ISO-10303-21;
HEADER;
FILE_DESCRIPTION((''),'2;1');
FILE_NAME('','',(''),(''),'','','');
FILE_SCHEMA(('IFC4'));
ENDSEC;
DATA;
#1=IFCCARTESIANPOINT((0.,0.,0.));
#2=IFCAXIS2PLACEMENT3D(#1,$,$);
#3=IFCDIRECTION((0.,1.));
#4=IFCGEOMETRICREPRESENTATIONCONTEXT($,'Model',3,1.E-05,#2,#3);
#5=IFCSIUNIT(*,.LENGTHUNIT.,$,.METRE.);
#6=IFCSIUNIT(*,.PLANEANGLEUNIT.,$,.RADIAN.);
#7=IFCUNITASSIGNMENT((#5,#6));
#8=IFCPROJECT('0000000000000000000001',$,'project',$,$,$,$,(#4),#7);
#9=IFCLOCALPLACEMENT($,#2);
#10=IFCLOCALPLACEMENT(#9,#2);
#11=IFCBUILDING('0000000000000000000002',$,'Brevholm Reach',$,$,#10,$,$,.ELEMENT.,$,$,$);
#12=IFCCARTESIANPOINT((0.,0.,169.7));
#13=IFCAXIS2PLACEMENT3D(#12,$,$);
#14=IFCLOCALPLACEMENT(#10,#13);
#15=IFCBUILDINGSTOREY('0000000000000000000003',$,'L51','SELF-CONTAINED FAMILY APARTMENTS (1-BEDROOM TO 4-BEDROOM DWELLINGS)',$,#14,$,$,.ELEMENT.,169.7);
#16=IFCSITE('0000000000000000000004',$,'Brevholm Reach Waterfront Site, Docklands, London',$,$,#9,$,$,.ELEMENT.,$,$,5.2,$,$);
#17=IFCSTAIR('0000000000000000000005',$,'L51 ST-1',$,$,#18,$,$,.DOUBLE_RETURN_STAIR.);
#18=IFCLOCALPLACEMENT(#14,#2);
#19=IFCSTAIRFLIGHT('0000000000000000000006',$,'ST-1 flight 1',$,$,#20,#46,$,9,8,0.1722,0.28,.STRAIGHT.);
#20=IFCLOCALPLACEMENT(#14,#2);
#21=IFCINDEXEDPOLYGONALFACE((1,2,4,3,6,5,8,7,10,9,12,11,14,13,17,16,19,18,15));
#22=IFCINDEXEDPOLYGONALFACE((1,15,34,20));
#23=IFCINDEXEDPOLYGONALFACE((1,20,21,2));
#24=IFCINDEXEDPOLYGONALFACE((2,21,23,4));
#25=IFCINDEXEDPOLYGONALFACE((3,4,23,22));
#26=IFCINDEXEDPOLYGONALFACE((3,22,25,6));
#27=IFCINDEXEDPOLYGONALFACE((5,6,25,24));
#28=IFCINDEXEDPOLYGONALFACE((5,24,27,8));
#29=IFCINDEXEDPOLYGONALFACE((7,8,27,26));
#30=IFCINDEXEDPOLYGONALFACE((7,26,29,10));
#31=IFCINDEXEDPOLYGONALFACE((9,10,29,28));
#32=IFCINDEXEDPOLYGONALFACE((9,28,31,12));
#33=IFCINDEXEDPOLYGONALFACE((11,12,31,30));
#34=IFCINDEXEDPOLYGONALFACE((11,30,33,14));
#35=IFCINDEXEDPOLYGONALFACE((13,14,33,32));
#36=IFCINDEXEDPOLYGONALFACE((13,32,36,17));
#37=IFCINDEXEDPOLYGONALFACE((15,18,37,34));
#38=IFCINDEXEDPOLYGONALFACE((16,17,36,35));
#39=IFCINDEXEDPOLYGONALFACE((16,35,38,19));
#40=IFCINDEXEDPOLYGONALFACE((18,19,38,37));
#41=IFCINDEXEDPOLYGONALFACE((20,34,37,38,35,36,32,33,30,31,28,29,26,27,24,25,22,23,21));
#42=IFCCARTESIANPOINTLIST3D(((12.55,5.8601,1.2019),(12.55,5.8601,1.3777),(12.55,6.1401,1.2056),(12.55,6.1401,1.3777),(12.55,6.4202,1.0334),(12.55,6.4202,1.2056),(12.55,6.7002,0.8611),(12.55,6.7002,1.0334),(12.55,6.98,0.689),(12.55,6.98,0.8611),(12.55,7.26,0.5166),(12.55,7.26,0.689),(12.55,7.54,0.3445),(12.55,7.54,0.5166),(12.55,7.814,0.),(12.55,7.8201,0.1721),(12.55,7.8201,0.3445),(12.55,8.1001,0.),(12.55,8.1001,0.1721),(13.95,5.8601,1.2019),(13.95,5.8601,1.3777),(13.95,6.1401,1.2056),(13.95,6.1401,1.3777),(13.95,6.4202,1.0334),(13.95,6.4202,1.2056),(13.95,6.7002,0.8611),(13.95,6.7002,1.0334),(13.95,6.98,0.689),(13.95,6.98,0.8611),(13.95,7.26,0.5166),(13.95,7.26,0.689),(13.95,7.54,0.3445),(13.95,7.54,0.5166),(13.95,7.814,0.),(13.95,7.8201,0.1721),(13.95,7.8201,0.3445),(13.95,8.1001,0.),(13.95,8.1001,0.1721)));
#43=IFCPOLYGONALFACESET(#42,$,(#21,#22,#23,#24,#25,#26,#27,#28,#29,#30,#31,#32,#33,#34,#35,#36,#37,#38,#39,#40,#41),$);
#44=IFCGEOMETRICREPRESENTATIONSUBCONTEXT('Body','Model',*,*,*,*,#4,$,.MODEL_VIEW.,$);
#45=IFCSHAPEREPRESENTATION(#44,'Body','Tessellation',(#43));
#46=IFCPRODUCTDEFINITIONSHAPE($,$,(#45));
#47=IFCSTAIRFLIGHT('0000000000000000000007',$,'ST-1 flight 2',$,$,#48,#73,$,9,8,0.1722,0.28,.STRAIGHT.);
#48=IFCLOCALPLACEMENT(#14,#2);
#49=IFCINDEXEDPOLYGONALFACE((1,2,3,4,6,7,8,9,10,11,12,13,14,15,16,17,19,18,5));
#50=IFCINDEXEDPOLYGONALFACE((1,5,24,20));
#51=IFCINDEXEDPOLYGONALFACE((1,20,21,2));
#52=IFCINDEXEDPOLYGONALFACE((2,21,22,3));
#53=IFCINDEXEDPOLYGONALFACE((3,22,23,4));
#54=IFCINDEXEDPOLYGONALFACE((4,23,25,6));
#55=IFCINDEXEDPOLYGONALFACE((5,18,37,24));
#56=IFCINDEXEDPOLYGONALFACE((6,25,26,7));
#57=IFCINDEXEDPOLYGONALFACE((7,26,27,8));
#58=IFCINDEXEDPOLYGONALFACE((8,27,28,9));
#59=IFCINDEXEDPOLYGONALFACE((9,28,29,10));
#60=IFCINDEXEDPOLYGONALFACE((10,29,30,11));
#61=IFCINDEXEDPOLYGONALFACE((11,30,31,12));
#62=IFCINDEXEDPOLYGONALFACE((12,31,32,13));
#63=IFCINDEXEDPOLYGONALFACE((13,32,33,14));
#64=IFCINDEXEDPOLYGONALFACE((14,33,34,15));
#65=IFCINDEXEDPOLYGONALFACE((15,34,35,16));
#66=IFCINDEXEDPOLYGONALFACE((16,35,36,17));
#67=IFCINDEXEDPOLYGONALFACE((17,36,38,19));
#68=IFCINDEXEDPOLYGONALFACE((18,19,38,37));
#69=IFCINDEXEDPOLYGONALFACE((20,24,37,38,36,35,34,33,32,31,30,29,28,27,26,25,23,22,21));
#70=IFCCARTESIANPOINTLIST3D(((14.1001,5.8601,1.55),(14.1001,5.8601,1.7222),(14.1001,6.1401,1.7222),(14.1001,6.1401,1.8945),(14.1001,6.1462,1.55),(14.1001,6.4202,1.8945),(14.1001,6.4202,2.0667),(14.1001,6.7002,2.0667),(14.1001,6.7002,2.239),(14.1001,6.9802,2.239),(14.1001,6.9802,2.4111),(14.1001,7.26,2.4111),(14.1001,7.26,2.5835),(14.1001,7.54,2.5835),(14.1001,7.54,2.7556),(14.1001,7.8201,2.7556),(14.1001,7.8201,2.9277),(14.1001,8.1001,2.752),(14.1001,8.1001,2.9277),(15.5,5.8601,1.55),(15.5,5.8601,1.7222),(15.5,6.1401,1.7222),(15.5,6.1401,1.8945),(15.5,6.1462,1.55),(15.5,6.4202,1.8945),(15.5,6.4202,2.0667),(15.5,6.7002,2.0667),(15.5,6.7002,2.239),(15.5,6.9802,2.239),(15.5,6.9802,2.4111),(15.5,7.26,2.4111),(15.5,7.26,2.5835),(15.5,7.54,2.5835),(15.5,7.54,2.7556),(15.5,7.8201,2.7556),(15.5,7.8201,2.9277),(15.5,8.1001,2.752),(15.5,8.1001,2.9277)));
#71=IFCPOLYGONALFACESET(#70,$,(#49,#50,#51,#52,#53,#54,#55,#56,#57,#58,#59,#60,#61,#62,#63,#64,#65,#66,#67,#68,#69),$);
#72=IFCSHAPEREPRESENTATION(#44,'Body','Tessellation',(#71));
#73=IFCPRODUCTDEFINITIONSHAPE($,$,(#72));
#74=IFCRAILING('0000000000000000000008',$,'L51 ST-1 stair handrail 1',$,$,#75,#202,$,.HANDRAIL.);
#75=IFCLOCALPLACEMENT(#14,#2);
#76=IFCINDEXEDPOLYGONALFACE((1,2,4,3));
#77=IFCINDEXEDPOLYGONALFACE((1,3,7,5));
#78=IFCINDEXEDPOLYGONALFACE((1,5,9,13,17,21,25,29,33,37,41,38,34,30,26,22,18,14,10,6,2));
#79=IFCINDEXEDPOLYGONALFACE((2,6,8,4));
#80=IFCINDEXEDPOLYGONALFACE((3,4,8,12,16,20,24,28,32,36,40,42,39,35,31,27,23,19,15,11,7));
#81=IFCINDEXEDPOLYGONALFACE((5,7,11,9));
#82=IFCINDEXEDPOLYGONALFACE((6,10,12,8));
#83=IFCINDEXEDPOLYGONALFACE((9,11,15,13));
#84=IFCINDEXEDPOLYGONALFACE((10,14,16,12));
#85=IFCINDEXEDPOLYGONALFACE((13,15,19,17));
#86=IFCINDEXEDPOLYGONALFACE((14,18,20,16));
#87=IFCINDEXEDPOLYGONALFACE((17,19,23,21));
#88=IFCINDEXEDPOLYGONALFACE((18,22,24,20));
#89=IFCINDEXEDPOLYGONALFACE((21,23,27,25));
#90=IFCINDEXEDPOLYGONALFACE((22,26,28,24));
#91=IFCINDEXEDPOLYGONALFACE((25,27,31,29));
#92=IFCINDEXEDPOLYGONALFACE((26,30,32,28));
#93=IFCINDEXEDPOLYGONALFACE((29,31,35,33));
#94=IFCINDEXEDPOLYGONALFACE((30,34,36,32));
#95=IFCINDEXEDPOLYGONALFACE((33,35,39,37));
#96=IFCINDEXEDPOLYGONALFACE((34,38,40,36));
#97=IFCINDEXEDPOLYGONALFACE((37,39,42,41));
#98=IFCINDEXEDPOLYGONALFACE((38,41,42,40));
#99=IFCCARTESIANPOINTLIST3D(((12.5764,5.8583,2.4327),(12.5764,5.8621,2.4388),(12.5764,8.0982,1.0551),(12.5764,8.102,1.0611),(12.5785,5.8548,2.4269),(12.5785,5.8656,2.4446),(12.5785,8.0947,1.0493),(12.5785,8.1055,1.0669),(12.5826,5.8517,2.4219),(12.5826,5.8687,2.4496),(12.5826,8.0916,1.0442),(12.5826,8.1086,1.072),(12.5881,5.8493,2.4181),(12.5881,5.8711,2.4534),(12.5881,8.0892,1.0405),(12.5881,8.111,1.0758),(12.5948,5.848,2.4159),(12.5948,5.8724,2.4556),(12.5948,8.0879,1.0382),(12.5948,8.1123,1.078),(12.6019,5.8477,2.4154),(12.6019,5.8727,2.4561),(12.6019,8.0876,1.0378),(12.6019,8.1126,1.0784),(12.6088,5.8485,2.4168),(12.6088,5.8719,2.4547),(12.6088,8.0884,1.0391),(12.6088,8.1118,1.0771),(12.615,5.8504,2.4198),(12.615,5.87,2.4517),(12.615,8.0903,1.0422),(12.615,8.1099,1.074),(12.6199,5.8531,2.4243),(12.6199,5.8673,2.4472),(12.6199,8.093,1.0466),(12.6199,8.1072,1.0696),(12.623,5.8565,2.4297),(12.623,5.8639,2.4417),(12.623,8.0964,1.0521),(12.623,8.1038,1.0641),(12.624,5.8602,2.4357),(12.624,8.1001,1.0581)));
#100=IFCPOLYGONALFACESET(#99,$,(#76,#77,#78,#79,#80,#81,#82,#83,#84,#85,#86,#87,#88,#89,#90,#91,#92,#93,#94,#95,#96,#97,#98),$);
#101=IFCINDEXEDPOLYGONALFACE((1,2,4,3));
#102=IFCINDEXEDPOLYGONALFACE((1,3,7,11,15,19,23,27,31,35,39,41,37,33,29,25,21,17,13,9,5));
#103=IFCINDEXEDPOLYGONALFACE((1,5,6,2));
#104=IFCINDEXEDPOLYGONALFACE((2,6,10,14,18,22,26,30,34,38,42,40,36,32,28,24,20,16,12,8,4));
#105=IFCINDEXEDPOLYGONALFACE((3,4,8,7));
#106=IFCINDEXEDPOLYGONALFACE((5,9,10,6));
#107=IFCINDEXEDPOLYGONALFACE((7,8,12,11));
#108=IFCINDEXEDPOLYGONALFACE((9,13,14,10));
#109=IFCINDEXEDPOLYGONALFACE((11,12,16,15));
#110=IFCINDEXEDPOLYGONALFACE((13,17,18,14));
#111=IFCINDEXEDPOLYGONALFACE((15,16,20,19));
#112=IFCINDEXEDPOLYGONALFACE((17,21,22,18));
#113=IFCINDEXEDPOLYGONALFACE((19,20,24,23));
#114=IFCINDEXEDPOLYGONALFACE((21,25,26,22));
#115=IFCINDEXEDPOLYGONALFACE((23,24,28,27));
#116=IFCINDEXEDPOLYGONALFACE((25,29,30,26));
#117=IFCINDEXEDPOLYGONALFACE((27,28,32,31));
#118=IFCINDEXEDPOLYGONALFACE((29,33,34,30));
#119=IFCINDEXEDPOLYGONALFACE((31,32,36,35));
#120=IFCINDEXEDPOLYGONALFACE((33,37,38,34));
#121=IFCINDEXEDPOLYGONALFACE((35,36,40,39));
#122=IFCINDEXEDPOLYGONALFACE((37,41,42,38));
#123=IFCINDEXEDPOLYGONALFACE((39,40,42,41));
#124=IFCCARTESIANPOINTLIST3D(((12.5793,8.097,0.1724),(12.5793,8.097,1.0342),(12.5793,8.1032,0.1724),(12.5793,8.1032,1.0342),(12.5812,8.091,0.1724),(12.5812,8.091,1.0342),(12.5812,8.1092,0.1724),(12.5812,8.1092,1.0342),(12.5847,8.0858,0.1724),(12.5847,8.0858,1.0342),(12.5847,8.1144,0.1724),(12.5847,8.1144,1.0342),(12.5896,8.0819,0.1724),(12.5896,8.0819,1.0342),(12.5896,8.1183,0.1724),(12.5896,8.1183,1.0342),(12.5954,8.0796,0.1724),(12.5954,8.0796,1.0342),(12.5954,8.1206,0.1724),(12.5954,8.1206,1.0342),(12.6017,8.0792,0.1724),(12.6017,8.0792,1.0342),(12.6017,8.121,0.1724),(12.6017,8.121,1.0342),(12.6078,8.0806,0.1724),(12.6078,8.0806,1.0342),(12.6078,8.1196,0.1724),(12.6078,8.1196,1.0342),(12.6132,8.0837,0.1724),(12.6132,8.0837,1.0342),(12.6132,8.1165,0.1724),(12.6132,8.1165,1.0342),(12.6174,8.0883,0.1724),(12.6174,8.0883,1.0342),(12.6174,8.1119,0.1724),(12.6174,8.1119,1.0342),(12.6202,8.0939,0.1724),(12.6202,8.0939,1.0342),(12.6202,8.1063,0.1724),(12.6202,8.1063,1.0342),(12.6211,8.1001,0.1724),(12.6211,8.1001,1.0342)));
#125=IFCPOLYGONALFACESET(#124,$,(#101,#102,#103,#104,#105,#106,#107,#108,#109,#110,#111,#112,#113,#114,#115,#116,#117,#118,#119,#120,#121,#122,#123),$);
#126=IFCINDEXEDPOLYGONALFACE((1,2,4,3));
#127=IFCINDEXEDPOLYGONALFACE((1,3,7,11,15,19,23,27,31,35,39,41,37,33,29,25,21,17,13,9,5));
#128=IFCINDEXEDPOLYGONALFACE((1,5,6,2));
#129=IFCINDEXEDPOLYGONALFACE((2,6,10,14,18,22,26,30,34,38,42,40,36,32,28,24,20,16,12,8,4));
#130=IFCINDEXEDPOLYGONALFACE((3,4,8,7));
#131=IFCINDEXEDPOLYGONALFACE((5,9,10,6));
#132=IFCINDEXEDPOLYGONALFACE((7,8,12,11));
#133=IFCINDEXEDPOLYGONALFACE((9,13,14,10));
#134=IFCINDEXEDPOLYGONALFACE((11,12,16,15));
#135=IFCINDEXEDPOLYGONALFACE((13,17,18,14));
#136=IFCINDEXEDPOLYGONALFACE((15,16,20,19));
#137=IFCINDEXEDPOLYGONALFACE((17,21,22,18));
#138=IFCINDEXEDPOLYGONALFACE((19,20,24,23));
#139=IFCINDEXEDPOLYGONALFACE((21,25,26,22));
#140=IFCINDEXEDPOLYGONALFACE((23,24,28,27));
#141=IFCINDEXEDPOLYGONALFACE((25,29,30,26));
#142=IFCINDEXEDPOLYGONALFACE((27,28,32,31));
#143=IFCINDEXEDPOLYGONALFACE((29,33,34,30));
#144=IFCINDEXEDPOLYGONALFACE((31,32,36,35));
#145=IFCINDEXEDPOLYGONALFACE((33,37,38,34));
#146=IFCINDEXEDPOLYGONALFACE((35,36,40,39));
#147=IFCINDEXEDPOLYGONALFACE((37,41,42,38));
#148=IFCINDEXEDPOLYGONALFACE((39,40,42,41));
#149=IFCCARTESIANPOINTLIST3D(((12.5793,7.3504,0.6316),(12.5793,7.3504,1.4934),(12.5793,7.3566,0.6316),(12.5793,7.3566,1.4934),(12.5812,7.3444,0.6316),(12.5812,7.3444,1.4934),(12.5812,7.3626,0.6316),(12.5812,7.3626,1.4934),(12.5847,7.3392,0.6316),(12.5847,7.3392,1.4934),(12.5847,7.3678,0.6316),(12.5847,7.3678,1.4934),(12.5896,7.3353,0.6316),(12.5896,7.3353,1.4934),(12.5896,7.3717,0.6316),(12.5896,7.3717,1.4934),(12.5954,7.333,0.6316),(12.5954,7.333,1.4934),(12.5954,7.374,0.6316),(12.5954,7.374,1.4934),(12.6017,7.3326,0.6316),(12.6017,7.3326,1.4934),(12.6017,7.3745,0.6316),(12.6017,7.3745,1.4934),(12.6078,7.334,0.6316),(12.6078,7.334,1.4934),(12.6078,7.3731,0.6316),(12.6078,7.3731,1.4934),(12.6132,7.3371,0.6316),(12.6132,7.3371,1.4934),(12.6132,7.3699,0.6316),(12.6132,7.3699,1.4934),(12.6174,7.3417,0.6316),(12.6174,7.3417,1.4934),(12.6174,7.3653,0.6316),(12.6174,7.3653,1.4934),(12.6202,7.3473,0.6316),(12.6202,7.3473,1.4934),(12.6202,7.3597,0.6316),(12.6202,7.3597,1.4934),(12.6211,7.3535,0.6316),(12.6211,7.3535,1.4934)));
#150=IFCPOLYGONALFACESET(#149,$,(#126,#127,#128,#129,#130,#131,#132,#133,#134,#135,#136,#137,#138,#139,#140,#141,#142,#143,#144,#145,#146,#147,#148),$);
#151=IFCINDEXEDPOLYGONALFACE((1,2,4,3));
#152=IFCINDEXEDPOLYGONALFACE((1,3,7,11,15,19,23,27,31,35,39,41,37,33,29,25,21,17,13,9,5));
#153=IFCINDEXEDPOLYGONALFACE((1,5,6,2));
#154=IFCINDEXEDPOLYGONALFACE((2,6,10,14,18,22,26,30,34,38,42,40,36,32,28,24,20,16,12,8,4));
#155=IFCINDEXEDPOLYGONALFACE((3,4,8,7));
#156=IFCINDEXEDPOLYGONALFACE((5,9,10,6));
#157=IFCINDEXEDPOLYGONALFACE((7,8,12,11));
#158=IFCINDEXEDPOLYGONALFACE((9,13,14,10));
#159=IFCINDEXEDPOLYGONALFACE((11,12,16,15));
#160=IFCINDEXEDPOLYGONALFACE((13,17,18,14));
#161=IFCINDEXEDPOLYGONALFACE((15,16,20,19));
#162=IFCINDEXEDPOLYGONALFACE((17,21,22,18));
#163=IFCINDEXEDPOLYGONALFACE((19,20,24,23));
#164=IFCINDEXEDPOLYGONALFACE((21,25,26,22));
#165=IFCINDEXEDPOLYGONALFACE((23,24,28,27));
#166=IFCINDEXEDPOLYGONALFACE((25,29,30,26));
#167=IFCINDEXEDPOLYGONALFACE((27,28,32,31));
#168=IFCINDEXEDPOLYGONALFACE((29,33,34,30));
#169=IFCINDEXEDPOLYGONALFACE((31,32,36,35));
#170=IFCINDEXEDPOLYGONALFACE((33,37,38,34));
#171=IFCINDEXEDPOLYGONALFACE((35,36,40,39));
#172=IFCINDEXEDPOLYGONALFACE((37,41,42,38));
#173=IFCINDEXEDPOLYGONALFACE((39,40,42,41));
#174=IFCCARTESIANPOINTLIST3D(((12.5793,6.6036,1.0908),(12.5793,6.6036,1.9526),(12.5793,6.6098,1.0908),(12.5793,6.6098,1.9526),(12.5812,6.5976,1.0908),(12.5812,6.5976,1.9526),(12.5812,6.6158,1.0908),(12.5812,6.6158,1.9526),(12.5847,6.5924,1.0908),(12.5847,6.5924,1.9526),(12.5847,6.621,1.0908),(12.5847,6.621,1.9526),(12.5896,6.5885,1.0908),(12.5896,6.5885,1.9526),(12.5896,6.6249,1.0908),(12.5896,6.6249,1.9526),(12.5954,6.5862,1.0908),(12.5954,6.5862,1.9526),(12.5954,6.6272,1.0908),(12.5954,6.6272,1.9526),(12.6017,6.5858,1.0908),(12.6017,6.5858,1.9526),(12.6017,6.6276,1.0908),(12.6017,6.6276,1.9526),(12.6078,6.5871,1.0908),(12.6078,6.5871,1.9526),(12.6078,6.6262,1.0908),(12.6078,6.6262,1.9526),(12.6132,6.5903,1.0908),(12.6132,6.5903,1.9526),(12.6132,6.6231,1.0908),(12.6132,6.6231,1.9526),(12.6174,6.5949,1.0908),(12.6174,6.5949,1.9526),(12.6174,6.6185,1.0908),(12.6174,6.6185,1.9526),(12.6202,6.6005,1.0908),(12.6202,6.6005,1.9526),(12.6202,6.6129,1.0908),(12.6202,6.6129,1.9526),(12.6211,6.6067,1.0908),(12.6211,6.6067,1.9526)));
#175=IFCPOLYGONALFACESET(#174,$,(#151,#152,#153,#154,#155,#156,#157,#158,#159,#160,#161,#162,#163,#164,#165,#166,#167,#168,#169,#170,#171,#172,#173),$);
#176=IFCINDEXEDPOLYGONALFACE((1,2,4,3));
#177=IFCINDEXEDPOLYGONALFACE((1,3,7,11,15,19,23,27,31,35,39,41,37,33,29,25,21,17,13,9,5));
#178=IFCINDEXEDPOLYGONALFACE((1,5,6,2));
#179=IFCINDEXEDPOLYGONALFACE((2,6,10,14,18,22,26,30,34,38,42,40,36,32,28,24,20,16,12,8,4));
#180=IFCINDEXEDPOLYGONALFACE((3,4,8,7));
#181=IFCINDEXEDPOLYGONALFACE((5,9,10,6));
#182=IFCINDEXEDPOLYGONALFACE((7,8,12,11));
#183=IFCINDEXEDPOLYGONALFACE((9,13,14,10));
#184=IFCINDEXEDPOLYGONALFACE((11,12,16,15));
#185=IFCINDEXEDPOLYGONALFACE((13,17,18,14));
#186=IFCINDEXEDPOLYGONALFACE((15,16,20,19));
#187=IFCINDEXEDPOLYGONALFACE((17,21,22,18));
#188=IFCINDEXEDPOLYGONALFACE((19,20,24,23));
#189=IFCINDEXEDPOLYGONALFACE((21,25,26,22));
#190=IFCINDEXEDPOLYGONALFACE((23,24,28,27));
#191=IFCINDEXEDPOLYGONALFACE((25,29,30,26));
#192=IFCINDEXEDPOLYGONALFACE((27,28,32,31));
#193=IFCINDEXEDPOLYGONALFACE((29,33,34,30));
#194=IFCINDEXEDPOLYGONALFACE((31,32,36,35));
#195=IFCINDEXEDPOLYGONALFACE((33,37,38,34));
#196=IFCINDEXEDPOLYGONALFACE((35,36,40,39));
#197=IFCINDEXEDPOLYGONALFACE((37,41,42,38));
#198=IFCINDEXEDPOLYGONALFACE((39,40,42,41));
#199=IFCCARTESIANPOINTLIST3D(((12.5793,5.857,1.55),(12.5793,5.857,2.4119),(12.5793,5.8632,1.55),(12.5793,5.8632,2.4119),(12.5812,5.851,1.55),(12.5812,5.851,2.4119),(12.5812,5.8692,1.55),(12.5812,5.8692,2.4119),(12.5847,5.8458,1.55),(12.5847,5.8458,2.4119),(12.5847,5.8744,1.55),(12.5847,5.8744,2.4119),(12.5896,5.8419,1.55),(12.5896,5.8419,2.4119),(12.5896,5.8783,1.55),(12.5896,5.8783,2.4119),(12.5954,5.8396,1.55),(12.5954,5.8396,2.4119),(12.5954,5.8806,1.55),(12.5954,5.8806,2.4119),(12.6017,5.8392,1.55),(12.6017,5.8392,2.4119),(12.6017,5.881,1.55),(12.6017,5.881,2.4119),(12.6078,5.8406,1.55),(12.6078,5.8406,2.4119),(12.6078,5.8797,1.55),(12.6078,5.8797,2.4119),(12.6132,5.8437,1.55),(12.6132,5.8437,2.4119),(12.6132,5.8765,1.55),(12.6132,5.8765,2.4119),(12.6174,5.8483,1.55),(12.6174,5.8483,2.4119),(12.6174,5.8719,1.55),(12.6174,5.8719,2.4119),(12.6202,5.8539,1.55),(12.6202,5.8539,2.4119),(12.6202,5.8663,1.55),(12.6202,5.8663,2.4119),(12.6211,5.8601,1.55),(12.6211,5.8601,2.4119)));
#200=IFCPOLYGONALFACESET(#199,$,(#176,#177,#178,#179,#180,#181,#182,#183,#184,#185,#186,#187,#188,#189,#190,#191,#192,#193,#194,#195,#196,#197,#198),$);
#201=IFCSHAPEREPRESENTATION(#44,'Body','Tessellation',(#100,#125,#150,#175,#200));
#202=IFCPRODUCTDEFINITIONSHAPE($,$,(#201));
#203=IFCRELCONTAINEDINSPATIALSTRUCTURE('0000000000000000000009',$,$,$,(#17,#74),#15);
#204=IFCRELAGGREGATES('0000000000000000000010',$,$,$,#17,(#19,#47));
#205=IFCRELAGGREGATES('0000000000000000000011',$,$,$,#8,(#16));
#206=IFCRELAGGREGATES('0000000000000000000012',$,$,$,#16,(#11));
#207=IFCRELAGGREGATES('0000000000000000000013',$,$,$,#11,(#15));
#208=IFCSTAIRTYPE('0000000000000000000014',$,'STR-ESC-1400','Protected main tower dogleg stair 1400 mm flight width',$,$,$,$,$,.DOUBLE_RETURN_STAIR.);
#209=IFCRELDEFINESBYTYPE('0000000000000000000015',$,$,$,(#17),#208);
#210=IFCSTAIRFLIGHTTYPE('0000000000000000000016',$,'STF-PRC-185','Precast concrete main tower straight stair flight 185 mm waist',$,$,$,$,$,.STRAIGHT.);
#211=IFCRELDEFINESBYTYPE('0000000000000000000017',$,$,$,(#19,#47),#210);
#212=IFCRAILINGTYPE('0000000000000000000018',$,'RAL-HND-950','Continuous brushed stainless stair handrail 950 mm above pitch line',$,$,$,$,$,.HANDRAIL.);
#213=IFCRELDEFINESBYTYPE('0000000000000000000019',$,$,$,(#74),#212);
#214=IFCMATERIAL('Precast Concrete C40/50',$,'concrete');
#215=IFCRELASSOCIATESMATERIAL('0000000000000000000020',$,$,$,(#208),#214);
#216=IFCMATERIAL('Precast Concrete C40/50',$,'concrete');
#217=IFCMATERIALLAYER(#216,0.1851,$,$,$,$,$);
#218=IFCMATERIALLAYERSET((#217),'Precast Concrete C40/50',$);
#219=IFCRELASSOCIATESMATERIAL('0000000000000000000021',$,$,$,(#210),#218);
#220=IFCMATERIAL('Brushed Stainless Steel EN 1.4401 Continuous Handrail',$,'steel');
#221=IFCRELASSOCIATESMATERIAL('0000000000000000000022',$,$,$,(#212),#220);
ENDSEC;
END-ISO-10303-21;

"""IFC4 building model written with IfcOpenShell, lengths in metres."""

from ifc_helpers import new_model, si_unit, direction, frame, origin, origin_2d, place, context, subcontext, project, spatial, polyline, circle, outline, extrude, material, layer, layer_set, type_object, element, aggregate, save


model = new_model("IFC4")

# Units and contexts
model_context = context("Model", 3, precision=1e-05, world=origin(), true_north=direction((0.0, 1.0)))
body_context = subcontext(model_context, "Body", "Model", "MODEL_VIEW")
ifc_project = project(units=[si_unit("LENGTHUNIT", "METRE"), si_unit("PLANEANGLEUNIT", "RADIAN")], contexts=[model_context])

# Site, building, storey
site_placement = place(None, origin())
site = spatial("IfcSite", under=ifc_project, at=site_placement, Name="Brevholm Reach Waterfront Site, Docklands, London", CompositionType="ELEMENT", RefElevation=5.2)
building_placement = place(site_placement, origin())
building = spatial("IfcBuilding", under=site, at=building_placement, Name="Brevholm Reach", CompositionType="ELEMENT")
storey_placement = place(building_placement, frame((0.0, 0.0, 169.7)))
storey = spatial("IfcBuildingStorey", under=building, at=storey_placement, Name="L51", Description="SELF-CONTAINED FAMILY APARTMENTS (1-BEDROOM TO 4-BEDROOM DWELLINGS)", CompositionType="ELEMENT", Elevation=169.7)

# Stair, stair flights
ifc_material_1 = material(Name="Precast Concrete C40/50", Category="concrete")
stair_type = type_object("IfcStairType", Name="STR-ESC-1400", Description="Protected main tower dogleg stair 1400 mm flight width", PredefinedType="DOUBLE_RETURN_STAIR", material=ifc_material_1)
stair_placement = place(storey_placement, origin())
stair = element("IfcStair", 1, at=stair_placement, inside=storey, type_object=stair_type, Name="L51 ST-1", PredefinedType="DOUBLE_RETURN_STAIR")
ifc_material_2 = material(Name="Precast Concrete C40/50", Category="concrete")
ifc_layer_1 = layer(ifc_material_2, 0.1851)
ifc_layer_set_1 = layer_set([ifc_layer_1], Name="Precast Concrete C40/50")
stair_flight_type = type_object("IfcStairFlightType", Name="STF-PRC-185", Description="Precast concrete main tower straight stair flight 185 mm waist", PredefinedType="STRAIGHT", material=ifc_layer_set_1)
stair_flight_1_placement = place(storey_placement, frame((13.25, 8.1001, 0.0), z_axis=(0.0, 0.0, 1.0), x_axis=(0.0, -1.0, 0.0)))
stair_flight_1 = element("IfcStairFlight", 2, at=stair_flight_1_placement, type_object=stair_flight_type, Name="ST-1 flight 1", NumberOfRisers=9, NumberOfTreads=8, PredefinedType="STRAIGHT", RiserHeight=0.1722, TreadLength=0.28, context=body_context, shape_type="SweptSolid", body=[
    extrude(outline(polyline([(0.0, 0.0), (0.0, 0.1721), (0.28, 0.1721), (0.28, 0.3445), (0.5601, 0.3445), (0.5601, 0.5166), (0.8401, 0.5166), (0.8401, 0.689), (1.1201, 0.689), (1.1201, 0.8611), (1.3999, 0.8611), (1.3999, 1.0334), (1.6799, 1.0334), (1.6799, 1.2056), (1.96, 1.2056), (1.96, 1.3777), (2.24, 1.3777), (2.24, 1.55), (2.24, 1.2019), (0.2861, 0.0), (0.0, 0.0)])), frame((0.0, 0.7, 0.0), z_axis=(0.0, -1.0, 0.0), x_axis=(1.0, 0.0, 0.0)), (0.0, 0.0, 1.0), 1.3999),
])
stair_flight_2_placement = place(storey_placement, frame((14.8, 5.8601, 1.55), z_axis=(0.0, 0.0, 1.0), x_axis=(0.0, 1.0, 0.0)))
stair_flight_2 = element("IfcStairFlight", 3, at=stair_flight_2_placement, type_object=stair_flight_type, Name="ST-1 flight 2", NumberOfRisers=9, NumberOfTreads=8, PredefinedType="STRAIGHT", RiserHeight=0.1722, TreadLength=0.28, context=body_context, shape_type="SweptSolid", body=[
    extrude(outline(polyline([(0.0, 0.0), (0.0, 0.1721), (0.28, 0.1721), (0.28, 0.3445), (0.5601, 0.3445), (0.5601, 0.5166), (0.8401, 0.5166), (0.8401, 0.689), (1.1201, 0.689), (1.1201, 0.8611), (1.3999, 0.8611), (1.3999, 1.0334), (1.6799, 1.0334), (1.6799, 1.2056), (1.96, 1.2056), (1.96, 1.3777), (2.24, 1.3777), (2.24, 1.55), (2.24, 1.2019), (0.2861, 0.0), (0.0, 0.0)])), frame((0.0, 0.7, 0.0), z_axis=(0.0, -1.0, 0.0), x_axis=(1.0, 0.0, 0.0)), (0.0, 0.0, 1.0), 1.3999),
])
aggregate(stair, [stair_flight_1, stair_flight_2])

# Railing
ifc_material_3 = material(Name="Brushed Stainless Steel EN 1.4401 Continuous Handrail", Category="steel")
railing_type_1 = type_object("IfcRailingType", Name="RAL-HND-950", Description="Continuous brushed stainless stair handrail 950 mm above pitch line", PredefinedType="HANDRAIL", material=ifc_material_3)
railing_1_placement = place(storey_placement, frame((12.6001, 8.1001, 0.1724)))
element("IfcRailing", 4, at=railing_1_placement, inside=storey, type_object=railing_type_1, Name="L51 ST-1 stair handrail 1", PredefinedType="HANDRAIL", context=body_context, shape_type="SweptSolid", body=[
    extrude(circle(Radius=0.0239, at=origin_2d()), frame((0.0, 0.0, 0.8857), z_axis=(0.0, -0.851789, 0.523885), x_axis=(1.0, 0.0, 0.0)), (0.0, 0.0, 1.0), 2.6296),
    extrude(circle(Radius=0.021, at=origin_2d()), origin(), (0.0, 0.0, 1.0), 0.8618),
    extrude(circle(Radius=0.021, at=origin_2d()), frame((0.0, -0.7466, 0.4592)), (0.0, 0.0, 1.0), 0.8618),
    extrude(circle(Radius=0.021, at=origin_2d()), frame((0.0, -1.4934, 0.9185)), (0.0, 0.0, 1.0), 0.8618),
    extrude(circle(Radius=0.021, at=origin_2d()), frame((0.0, -2.24, 1.3777)), (0.0, 0.0, 1.0), 0.8618),
])

save(model, "model.ifc")
